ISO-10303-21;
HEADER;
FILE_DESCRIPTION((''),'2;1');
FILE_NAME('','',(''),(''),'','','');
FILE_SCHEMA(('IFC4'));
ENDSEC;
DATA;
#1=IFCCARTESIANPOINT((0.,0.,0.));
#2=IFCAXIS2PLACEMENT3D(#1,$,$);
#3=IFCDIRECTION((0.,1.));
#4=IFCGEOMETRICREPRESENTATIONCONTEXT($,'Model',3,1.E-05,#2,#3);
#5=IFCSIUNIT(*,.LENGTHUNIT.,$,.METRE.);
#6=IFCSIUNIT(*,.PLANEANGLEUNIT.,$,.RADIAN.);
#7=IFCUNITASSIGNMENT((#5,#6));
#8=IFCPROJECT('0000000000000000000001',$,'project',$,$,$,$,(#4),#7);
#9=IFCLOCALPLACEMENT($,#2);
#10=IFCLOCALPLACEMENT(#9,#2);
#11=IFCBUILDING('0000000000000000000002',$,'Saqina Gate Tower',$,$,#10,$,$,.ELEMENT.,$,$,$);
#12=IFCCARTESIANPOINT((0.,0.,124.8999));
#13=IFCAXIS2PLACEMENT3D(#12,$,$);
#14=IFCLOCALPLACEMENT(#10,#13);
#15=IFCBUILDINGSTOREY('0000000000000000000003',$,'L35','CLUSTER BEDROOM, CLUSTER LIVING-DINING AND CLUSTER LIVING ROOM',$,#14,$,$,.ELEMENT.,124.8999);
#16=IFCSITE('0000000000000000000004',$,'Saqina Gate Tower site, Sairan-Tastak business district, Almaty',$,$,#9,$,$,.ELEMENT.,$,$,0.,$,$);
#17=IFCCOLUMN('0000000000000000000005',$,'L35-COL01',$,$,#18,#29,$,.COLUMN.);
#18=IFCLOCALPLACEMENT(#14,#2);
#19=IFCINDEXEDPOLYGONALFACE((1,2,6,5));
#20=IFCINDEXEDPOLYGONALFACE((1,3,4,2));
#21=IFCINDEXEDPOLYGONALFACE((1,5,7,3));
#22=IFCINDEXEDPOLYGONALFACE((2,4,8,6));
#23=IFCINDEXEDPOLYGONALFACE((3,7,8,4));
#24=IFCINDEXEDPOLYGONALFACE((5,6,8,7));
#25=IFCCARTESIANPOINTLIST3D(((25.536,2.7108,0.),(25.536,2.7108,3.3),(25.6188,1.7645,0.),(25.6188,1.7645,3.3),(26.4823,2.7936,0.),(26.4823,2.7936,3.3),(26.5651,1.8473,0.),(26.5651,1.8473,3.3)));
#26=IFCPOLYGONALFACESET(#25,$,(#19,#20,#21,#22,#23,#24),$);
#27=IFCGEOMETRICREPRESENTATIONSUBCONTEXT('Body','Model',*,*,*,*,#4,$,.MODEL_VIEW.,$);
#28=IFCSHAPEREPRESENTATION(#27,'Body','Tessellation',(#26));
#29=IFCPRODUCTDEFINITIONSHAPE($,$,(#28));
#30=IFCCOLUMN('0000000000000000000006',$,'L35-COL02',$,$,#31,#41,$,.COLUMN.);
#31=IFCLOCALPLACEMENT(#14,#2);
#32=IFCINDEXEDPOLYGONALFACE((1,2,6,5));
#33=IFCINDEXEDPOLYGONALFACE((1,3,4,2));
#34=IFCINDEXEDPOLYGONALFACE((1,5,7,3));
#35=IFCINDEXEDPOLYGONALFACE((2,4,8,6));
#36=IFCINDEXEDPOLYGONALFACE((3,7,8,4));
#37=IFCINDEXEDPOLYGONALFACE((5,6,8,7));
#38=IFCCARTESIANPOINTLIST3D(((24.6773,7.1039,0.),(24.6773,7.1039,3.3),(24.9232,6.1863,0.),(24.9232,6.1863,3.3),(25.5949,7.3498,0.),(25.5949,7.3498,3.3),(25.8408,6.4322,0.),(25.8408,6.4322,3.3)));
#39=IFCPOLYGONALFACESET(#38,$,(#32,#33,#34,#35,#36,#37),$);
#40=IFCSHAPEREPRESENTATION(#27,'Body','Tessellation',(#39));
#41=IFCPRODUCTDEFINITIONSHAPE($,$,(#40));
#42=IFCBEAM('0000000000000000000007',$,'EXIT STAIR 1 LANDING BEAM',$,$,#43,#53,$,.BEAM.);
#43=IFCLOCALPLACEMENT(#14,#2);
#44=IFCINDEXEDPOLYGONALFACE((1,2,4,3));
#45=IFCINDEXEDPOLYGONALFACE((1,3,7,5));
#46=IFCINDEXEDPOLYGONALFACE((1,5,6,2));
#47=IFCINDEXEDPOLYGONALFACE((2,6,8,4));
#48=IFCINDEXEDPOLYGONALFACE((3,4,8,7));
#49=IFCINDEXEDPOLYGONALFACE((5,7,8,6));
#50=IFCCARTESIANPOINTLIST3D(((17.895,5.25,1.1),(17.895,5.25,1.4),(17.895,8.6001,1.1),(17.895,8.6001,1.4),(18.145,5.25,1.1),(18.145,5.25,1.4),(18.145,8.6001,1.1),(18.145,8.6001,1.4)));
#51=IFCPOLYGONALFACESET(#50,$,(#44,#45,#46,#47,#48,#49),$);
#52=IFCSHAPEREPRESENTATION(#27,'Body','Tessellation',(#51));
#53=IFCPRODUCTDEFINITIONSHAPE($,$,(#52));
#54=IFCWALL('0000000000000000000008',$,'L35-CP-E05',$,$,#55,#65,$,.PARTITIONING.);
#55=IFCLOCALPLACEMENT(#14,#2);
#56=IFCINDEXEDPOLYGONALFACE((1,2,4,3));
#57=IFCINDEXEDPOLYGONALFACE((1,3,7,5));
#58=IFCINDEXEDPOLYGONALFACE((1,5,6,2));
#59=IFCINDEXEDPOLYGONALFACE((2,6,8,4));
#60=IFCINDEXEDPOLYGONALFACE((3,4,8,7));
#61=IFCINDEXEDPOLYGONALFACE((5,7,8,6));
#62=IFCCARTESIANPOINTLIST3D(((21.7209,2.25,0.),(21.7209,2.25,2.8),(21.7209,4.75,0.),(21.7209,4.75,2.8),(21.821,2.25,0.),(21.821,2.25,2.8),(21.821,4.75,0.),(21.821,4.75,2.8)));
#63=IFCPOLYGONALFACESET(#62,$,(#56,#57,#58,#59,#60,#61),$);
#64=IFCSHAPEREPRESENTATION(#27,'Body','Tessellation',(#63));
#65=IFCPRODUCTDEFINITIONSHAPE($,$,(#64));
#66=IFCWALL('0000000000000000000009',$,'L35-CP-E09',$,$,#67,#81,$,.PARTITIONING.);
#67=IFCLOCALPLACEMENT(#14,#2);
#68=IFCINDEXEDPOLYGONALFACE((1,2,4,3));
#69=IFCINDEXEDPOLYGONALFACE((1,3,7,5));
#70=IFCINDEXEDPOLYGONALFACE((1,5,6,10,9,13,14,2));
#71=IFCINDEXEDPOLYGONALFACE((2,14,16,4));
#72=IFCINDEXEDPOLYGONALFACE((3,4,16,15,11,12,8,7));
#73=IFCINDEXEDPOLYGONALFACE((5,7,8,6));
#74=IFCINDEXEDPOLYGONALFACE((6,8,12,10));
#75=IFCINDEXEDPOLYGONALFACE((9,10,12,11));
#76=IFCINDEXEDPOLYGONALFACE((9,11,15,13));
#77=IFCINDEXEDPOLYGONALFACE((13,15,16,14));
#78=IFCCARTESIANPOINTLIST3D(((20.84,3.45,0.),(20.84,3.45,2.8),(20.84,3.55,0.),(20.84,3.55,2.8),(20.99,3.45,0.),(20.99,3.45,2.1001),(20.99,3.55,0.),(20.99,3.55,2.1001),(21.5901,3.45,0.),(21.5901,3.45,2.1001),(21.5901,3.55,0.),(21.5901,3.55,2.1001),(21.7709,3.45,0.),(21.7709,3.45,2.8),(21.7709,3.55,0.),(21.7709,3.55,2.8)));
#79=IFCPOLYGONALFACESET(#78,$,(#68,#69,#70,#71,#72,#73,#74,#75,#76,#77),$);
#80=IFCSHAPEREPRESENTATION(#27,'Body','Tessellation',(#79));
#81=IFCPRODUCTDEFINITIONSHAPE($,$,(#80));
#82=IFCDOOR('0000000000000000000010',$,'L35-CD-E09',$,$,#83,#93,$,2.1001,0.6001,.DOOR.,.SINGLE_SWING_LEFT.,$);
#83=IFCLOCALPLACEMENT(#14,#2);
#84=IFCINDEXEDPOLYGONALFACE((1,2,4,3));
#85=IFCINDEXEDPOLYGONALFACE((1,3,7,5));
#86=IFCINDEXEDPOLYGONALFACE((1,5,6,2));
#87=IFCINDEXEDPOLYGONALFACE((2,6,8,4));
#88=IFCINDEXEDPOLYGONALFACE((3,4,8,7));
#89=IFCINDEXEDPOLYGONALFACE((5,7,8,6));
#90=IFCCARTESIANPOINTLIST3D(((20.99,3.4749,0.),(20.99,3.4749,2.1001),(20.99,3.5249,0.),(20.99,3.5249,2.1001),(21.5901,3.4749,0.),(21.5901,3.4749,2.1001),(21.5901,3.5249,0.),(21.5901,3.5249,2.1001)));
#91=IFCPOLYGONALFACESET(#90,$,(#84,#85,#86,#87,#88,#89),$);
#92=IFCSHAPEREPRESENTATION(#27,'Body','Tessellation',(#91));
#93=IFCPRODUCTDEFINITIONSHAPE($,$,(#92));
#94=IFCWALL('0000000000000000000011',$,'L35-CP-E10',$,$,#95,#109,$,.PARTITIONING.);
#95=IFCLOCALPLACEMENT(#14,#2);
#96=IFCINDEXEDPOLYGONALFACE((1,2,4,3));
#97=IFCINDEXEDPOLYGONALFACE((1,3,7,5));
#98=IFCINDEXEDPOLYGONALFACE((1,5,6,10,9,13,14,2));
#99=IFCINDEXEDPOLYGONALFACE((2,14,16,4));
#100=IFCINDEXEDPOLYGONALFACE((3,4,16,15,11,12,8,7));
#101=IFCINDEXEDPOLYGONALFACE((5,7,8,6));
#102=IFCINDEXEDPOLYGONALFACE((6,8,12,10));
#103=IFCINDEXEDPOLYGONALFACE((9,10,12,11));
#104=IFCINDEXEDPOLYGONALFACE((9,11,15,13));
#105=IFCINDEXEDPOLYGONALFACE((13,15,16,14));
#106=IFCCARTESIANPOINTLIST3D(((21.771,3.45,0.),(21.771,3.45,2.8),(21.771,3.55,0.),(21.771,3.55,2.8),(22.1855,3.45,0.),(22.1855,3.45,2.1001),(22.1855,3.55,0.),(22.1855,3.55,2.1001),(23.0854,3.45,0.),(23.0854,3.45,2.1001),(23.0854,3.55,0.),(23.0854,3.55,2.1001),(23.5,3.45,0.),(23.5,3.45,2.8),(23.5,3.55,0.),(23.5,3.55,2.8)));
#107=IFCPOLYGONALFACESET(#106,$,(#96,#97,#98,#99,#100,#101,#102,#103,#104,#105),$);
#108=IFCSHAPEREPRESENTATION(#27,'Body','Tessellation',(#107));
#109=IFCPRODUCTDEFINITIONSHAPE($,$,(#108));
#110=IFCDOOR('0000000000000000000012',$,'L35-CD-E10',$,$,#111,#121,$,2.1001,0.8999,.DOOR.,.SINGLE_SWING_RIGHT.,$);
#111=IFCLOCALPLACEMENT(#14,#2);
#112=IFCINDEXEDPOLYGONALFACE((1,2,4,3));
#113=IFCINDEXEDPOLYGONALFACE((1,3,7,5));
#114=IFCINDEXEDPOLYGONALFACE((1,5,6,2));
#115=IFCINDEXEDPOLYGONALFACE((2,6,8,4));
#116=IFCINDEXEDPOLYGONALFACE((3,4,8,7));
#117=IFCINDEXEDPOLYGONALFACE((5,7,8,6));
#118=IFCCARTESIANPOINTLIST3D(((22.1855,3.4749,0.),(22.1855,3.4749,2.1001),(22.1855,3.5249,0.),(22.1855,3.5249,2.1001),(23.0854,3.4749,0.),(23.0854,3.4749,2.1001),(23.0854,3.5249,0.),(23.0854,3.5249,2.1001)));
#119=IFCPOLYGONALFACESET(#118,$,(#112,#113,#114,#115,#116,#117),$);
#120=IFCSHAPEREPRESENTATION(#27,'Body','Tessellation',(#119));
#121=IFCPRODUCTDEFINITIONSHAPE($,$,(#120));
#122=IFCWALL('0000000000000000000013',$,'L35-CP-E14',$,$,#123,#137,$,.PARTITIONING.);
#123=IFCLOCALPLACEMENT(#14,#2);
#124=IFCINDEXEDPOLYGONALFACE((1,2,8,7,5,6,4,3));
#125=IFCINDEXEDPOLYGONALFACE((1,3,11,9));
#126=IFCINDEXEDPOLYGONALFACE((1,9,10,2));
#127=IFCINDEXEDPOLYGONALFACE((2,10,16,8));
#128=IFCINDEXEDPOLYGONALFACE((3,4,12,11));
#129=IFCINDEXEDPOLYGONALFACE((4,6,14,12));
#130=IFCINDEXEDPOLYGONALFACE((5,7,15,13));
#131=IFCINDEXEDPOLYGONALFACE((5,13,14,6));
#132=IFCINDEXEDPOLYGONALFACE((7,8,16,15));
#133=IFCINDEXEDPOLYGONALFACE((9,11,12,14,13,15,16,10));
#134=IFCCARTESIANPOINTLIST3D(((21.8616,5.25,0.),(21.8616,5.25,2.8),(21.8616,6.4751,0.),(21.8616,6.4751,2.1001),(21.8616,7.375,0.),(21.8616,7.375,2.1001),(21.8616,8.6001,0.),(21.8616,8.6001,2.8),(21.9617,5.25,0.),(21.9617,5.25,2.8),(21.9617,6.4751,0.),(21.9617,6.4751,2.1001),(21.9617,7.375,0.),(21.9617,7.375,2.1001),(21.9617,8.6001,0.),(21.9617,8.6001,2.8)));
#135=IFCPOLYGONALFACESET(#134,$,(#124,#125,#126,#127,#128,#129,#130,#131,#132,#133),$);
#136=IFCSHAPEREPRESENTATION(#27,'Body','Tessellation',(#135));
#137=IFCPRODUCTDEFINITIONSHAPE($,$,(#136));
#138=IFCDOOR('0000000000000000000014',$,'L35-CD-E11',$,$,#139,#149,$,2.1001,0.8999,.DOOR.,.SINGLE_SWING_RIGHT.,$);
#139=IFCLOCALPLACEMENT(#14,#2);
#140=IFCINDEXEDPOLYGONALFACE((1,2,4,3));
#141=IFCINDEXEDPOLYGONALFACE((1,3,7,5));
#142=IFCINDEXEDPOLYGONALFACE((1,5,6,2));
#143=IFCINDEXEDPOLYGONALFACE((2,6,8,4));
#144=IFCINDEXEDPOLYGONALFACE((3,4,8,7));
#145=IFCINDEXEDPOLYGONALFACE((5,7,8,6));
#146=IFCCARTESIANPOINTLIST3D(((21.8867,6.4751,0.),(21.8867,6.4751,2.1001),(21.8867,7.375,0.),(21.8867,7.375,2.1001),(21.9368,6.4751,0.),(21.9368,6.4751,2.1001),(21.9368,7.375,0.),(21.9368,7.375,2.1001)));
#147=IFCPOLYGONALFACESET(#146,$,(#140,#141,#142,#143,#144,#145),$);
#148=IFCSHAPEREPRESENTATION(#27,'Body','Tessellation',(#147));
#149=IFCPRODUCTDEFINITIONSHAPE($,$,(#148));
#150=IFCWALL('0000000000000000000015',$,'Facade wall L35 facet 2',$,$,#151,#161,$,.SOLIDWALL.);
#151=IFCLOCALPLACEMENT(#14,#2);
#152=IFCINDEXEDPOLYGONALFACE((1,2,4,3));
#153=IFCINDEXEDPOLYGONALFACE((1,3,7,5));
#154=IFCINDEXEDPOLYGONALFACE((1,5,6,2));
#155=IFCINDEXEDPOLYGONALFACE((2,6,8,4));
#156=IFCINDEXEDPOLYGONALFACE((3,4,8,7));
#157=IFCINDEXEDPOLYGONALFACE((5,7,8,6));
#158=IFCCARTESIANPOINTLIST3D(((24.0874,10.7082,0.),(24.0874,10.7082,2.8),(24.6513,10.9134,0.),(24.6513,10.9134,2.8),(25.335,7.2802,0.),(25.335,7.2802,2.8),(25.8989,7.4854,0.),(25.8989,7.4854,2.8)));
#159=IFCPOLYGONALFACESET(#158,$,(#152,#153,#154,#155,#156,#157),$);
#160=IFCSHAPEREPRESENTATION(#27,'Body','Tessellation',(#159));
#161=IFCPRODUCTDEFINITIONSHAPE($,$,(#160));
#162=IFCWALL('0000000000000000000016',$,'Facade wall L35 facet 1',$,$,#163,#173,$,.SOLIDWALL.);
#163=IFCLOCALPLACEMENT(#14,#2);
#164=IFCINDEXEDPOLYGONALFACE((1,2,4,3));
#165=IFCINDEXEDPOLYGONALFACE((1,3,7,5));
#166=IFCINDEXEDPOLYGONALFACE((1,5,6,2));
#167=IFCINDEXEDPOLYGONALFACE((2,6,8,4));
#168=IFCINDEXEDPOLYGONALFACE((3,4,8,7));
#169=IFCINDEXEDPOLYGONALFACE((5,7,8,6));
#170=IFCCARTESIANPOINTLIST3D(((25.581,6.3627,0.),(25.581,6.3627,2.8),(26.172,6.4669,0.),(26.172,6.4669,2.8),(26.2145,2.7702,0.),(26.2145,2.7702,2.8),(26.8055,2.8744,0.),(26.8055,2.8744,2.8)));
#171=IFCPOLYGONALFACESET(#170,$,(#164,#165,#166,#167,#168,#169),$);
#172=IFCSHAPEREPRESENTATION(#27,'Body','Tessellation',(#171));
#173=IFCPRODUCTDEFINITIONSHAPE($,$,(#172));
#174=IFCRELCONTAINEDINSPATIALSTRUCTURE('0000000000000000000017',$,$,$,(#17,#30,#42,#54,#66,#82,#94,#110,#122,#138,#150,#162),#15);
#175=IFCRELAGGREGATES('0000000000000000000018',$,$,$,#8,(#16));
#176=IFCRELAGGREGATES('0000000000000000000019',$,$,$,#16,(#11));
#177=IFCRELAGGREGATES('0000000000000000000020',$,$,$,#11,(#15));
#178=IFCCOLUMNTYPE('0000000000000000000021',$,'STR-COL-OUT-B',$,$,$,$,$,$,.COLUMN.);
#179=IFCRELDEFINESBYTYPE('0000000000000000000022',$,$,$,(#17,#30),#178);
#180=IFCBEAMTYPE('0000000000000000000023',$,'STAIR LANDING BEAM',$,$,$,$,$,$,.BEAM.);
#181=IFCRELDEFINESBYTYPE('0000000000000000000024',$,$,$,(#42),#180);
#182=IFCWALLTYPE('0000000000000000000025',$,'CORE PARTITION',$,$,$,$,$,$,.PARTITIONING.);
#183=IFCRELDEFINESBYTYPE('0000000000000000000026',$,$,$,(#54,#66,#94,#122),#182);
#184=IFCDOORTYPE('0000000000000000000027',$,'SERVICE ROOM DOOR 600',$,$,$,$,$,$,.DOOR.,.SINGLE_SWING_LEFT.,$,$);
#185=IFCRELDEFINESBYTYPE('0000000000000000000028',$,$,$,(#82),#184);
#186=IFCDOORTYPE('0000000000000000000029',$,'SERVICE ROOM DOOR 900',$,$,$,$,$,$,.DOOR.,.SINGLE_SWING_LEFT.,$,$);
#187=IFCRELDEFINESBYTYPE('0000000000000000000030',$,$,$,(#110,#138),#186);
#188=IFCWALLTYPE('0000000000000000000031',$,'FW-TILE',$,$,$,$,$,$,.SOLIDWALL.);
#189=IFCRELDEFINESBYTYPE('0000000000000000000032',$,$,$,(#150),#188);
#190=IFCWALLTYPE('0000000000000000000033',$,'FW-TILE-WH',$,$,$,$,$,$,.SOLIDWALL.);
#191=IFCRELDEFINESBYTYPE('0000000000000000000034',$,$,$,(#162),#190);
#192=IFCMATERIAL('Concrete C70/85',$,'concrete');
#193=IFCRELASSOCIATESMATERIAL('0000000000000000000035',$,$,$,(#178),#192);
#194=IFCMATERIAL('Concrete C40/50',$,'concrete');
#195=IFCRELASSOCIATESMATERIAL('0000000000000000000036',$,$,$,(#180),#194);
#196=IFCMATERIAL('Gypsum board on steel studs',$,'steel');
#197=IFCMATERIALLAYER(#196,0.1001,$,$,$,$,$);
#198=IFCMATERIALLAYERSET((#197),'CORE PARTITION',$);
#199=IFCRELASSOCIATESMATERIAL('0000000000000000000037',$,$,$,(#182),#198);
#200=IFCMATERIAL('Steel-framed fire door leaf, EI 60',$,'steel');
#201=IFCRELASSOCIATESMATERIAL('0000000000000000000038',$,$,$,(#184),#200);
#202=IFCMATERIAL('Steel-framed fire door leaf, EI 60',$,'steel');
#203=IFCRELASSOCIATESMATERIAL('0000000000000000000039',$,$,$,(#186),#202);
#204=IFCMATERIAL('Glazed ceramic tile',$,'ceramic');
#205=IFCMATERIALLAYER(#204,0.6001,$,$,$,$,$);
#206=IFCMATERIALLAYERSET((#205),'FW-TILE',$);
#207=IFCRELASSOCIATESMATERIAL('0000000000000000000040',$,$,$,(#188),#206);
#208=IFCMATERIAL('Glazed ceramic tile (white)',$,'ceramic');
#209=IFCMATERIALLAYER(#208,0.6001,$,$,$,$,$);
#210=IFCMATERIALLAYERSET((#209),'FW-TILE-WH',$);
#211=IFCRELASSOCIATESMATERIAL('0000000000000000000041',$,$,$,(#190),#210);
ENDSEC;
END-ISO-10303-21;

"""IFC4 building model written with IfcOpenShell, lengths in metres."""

from ifc_helpers import new_model, si_unit, direction, frame, frame_2d, origin, origin_2d, place, context, subcontext, project, spatial, rectangle, extrude, material, layer, layer_set, material_profile, profile_set, type_object, element, fill, save


model = new_model("IFC4")

# Units and contexts
model_context = context("Model", 3, precision=1e-05, world=origin(), true_north=direction((0.0, 1.0)))
body_context = subcontext(model_context, "Body", "Model", "MODEL_VIEW")
ifc_project = project(units=[si_unit("LENGTHUNIT", "METRE"), si_unit("PLANEANGLEUNIT", "RADIAN")], contexts=[model_context])

# Site, building, storey
site_placement = place(None, origin())
site = spatial("IfcSite", under=ifc_project, at=site_placement, Name="Saqina Gate Tower site, Sairan-Tastak business district, Almaty", CompositionType="ELEMENT", RefElevation=0.0)
building_placement = place(site_placement, origin())
building = spatial("IfcBuilding", under=site, at=building_placement, Name="Saqina Gate Tower", CompositionType="ELEMENT")
storey_placement = place(building_placement, frame((0.0, 0.0, 124.8999)))
storey = spatial("IfcBuildingStorey", under=building, at=storey_placement, Name="L35", Description="CLUSTER BEDROOM, CLUSTER LIVING-DINING AND CLUSTER LIVING ROOM", CompositionType="ELEMENT", Elevation=124.8999)

# Columns
ifc_material_1 = material(Name="Concrete C70/85", Category="concrete")
ifc_material_profile_1 = material_profile(ifc_material_1, rectangle(XDim=0.95, YDim=0.95, at=origin_2d()), Name="RC 950x950")
ifc_profile_set_1 = profile_set([ifc_material_profile_1], Name="Concrete C70/85")
column_type = type_object("IfcColumnType", Name="STR-COL-OUT-B", PredefinedType="COLUMN", material=ifc_profile_set_1)
for number, where, z_axis, x_axis, name in (
    (1, (26.0505, 2.2791, 0.0), (0.0, 0.0, 1.0), (0.996195, 0.087156, 0.0), "L35-COL01"),
    (2, (25.259, 6.7681, 0.0), (0.0, 0.0, 1.0), (0.965926, 0.258819, 0.0), "L35-COL02"),
):
    element("IfcColumn", number, at=place(storey_placement, frame(where, z_axis=z_axis, x_axis=x_axis)), inside=storey, type_object=column_type, Name=name, PredefinedType="COLUMN", context=body_context, shape_type="SweptSolid", body=[
        extrude(rectangle(XDim=0.95, YDim=0.95, at=origin_2d()), origin(), (0.0, 0.0, 1.0), 3.3),
    ])

# Beam
ifc_material_2 = material(Name="Concrete C40/50", Category="concrete")
ifc_material_profile_2 = material_profile(ifc_material_2, rectangle(XDim=0.25, YDim=0.3, at=origin_2d()), Name="STAIR LANDING BEAM")
ifc_profile_set_2 = profile_set([ifc_material_profile_2], Name="Concrete C40/50")
beam_type = type_object("IfcBeamType", Name="STAIR LANDING BEAM", PredefinedType="BEAM", material=ifc_profile_set_2)
beam_placement = place(storey_placement, frame((18.02, 5.25, 1.25), z_axis=(0.0, 1.0, 0.0), x_axis=(-1.0, 0.0, 0.0)))
element("IfcBeam", 3, at=beam_placement, inside=storey, type_object=beam_type, Name="EXIT STAIR 1 LANDING BEAM", PredefinedType="BEAM", context=body_context, shape_type="SweptSolid", body=[
    extrude(rectangle(XDim=0.25, YDim=0.3, at=origin_2d()), origin(), (0.0, 0.0, 1.0), 3.3501),
])

# Wall
ifc_material_3 = material(Name="Gypsum board on steel studs", Category="steel")
ifc_layer_1 = layer(ifc_material_3, 0.1001)
ifc_layer_set_1 = layer_set([ifc_layer_1], Name="CORE PARTITION")
wall_type_1 = type_object("IfcWallType", Name="CORE PARTITION", PredefinedType="PARTITIONING", material=ifc_layer_set_1)
wall_1_placement = place(storey_placement, frame((21.771, 2.25, 0.0), z_axis=(0.0, 0.0, 1.0), x_axis=(0.0, 1.0, 0.0)))
element("IfcWall", 4, at=wall_1_placement, inside=storey, type_object=wall_type_1, Name="L35-CP-E05", PredefinedType="PARTITIONING", context=body_context, shape_type="SweptSolid", body=[
    extrude(rectangle(XDim=2.5, YDim=0.1001, at=frame_2d((1.25, 0.0))), origin(), (0.0, 0.0, 1.0), 2.8),
])

# Walls, openings, doors
wall_2_placement = place(storey_placement, frame((20.8401, 3.5, 0.0), z_axis=(0.0, 0.0, 1.0), x_axis=(1.0, 0.0, 0.0)))
wall_2 = element("IfcWall", 5, at=wall_2_placement, inside=storey, type_object=wall_type_1, Name="L35-CP-E09", PredefinedType="PARTITIONING", context=body_context, shape_type="SweptSolid", body=[
    extrude(rectangle(XDim=0.9309, YDim=0.1001, at=frame_2d((0.4653, 0.0))), origin(), (0.0, 0.0, 1.0), 2.8),
])
opening_1_placement = place(wall_2_placement, frame((0.1499, 0.0, 0.0)))
opening_1 = element("IfcOpeningElement", 6, at=opening_1_placement, cuts=wall_2, PredefinedType="OPENING", context=body_context, shape_type="SweptSolid", body=[
    extrude(rectangle(XDim=0.6001, YDim=2.1001, at=frame_2d((0.3, 1.05))), frame((0.0, 0.062, 0.0), z_axis=(0.0, -1.0, 0.0), x_axis=(1.0, 0.0, 0.0)), (0.0, 0.0, 1.0), 0.124),
])
ifc_material_4 = material(Name="Steel-framed fire door leaf, EI 60", Category="steel")
door_type_1 = type_object("IfcDoorType", Name="SERVICE ROOM DOOR 600", OperationType="SINGLE_SWING_LEFT", PredefinedType="DOOR", material=ifc_material_4)
door_1_placement = place(opening_1_placement, origin())
door_1 = element("IfcDoor", 7, at=door_1_placement, inside=storey, type_object=door_type_1, Name="L35-CD-E09", OperationType="SINGLE_SWING_LEFT", OverallHeight=2.1001, OverallWidth=0.6001, PredefinedType="DOOR", context=body_context, shape_type="SweptSolid", body=[
    extrude(rectangle(XDim=0.6001, YDim=2.1001, at=frame_2d((0.3, 1.05))), frame((0.0, 0.0249, 0.0), z_axis=(0.0, -1.0, 0.0), x_axis=(1.0, 0.0, 0.0)), (0.0, 0.0, 1.0), 0.05),
])
fill(opening_1, door_1)
wall_3_placement = place(storey_placement, frame((21.771, 3.5, 0.0), z_axis=(0.0, 0.0, 1.0), x_axis=(1.0, 0.0, 0.0)))
wall_3 = element("IfcWall", 8, at=wall_3_placement, inside=storey, type_object=wall_type_1, Name="L35-CP-E10", PredefinedType="PARTITIONING", context=body_context, shape_type="SweptSolid", body=[
    extrude(rectangle(XDim=1.729, YDim=0.1001, at=frame_2d((0.8645, 0.0))), origin(), (0.0, 0.0, 1.0), 2.8),
])
opening_2_placement = place(wall_3_placement, frame((0.4146, 0.0, 0.0)))
opening_2 = element("IfcOpeningElement", 9, at=opening_2_placement, cuts=wall_3, PredefinedType="OPENING", context=body_context, shape_type="SweptSolid", body=[
    extrude(rectangle(XDim=0.8999, YDim=2.1001, at=frame_2d((0.45, 1.05))), frame((0.0, 0.062, 0.0), z_axis=(0.0, -1.0, 0.0), x_axis=(1.0, 0.0, 0.0)), (0.0, 0.0, 1.0), 0.124),
])
ifc_material_5 = material(Name="Steel-framed fire door leaf, EI 60", Category="steel")
door_type_2 = type_object("IfcDoorType", Name="SERVICE ROOM DOOR 900", OperationType="SINGLE_SWING_LEFT", PredefinedType="DOOR", material=ifc_material_5)
door_2_placement = place(opening_2_placement, origin())
door_2 = element("IfcDoor", 10, at=door_2_placement, inside=storey, type_object=door_type_2, Name="L35-CD-E10", OperationType="SINGLE_SWING_RIGHT", OverallHeight=2.1001, OverallWidth=0.8999, PredefinedType="DOOR", context=body_context, shape_type="SweptSolid", body=[
    extrude(rectangle(XDim=0.8999, YDim=2.1001, at=frame_2d((0.45, 1.05))), frame((0.0, 0.0249, 0.0), z_axis=(0.0, -1.0, 0.0), x_axis=(1.0, 0.0, 0.0)), (0.0, 0.0, 1.0), 0.05),
])
fill(opening_2, door_2)
wall_4_placement = place(storey_placement, frame((21.9116, 5.25, 0.0), z_axis=(0.0, 0.0, 1.0), x_axis=(0.0, 1.0, 0.0)))
wall_4 = element("IfcWall", 11, at=wall_4_placement, inside=storey, type_object=wall_type_1, Name="L35-CP-E14", PredefinedType="PARTITIONING", context=body_context, shape_type="SweptSolid", body=[
    extrude(rectangle(XDim=3.3501, YDim=0.1001, at=frame_2d((1.675, 0.0))), origin(), (0.0, 0.0, 1.0), 2.8),
])
opening_3_placement = place(wall_4_placement, frame((1.2251, 0.0, 0.0)))
opening_3 = element("IfcOpeningElement", 12, at=opening_3_placement, cuts=wall_4, PredefinedType="OPENING", context=body_context, shape_type="SweptSolid", body=[
    extrude(rectangle(XDim=0.8999, YDim=2.1001, at=frame_2d((0.45, 1.05))), frame((0.0, 0.062, 0.0), z_axis=(0.0, -1.0, 0.0), x_axis=(1.0, 0.0, 0.0)), (0.0, 0.0, 1.0), 0.124),
])
door_3_placement = place(opening_3_placement, origin())
door_3 = element("IfcDoor", 13, at=door_3_placement, inside=storey, type_object=door_type_2, Name="L35-CD-E11", OperationType="SINGLE_SWING_RIGHT", OverallHeight=2.1001, OverallWidth=0.8999, PredefinedType="DOOR", context=body_context, shape_type="SweptSolid", body=[
    extrude(rectangle(XDim=0.8999, YDim=2.1001, at=frame_2d((0.45, 1.05))), frame((0.0, 0.0249, 0.0), z_axis=(0.0, -1.0, 0.0), x_axis=(1.0, 0.0, 0.0)), (0.0, 0.0, 1.0), 0.05),
])
fill(opening_3, door_3)

# Walls
ifc_material_6 = material(Name="Glazed ceramic tile", Category="ceramic")
ifc_layer_2 = layer(ifc_material_6, 0.6001)
ifc_layer_set_2 = layer_set([ifc_layer_2], Name="FW-TILE")
wall_type_2 = type_object("IfcWallType", Name="FW-TILE", PredefinedType="SOLIDWALL", material=ifc_layer_set_2)
wall_5_placement = place(storey_placement, frame((25.6169, 7.3828, 0.0), z_axis=(0.0, 0.0, 1.0), x_axis=(-0.34199, 0.939704, 0.0)))
element("IfcWall", 14, at=wall_5_placement, inside=storey, type_object=wall_type_2, Name="Facade wall L35 facet 2", PredefinedType="SOLIDWALL", context=body_context, shape_type="SweptSolid", body=[
    extrude(rectangle(XDim=3.6479, YDim=0.6001, at=frame_2d((1.824, 0.0))), origin(), (0.0, 0.0, 1.0), 2.8),
])
ifc_material_7 = material(Name="Glazed ceramic tile (white)", Category="ceramic")
ifc_layer_3 = layer(ifc_material_7, 0.6001)
ifc_layer_set_3 = layer_set([ifc_layer_3], Name="FW-TILE-WH")
wall_type_3 = type_object("IfcWallType", Name="FW-TILE-WH", PredefinedType="SOLIDWALL", material=ifc_layer_set_3)
wall_6_placement = place(storey_placement, frame((26.51, 2.8223, 0.0), z_axis=(0.0, 0.0, 1.0), x_axis=(-0.173671, 0.984804, 0.0)))
element("IfcWall", 15, at=wall_6_placement, inside=storey, type_object=wall_type_3, Name="Facade wall L35 facet 1", PredefinedType="SOLIDWALL", context=body_context, shape_type="SweptSolid", body=[
    extrude(rectangle(XDim=3.6479, YDim=0.6001, at=frame_2d((1.824, 0.0))), origin(), (0.0, 0.0, 1.0), 2.8),
])

save(model, "model.ifc")
